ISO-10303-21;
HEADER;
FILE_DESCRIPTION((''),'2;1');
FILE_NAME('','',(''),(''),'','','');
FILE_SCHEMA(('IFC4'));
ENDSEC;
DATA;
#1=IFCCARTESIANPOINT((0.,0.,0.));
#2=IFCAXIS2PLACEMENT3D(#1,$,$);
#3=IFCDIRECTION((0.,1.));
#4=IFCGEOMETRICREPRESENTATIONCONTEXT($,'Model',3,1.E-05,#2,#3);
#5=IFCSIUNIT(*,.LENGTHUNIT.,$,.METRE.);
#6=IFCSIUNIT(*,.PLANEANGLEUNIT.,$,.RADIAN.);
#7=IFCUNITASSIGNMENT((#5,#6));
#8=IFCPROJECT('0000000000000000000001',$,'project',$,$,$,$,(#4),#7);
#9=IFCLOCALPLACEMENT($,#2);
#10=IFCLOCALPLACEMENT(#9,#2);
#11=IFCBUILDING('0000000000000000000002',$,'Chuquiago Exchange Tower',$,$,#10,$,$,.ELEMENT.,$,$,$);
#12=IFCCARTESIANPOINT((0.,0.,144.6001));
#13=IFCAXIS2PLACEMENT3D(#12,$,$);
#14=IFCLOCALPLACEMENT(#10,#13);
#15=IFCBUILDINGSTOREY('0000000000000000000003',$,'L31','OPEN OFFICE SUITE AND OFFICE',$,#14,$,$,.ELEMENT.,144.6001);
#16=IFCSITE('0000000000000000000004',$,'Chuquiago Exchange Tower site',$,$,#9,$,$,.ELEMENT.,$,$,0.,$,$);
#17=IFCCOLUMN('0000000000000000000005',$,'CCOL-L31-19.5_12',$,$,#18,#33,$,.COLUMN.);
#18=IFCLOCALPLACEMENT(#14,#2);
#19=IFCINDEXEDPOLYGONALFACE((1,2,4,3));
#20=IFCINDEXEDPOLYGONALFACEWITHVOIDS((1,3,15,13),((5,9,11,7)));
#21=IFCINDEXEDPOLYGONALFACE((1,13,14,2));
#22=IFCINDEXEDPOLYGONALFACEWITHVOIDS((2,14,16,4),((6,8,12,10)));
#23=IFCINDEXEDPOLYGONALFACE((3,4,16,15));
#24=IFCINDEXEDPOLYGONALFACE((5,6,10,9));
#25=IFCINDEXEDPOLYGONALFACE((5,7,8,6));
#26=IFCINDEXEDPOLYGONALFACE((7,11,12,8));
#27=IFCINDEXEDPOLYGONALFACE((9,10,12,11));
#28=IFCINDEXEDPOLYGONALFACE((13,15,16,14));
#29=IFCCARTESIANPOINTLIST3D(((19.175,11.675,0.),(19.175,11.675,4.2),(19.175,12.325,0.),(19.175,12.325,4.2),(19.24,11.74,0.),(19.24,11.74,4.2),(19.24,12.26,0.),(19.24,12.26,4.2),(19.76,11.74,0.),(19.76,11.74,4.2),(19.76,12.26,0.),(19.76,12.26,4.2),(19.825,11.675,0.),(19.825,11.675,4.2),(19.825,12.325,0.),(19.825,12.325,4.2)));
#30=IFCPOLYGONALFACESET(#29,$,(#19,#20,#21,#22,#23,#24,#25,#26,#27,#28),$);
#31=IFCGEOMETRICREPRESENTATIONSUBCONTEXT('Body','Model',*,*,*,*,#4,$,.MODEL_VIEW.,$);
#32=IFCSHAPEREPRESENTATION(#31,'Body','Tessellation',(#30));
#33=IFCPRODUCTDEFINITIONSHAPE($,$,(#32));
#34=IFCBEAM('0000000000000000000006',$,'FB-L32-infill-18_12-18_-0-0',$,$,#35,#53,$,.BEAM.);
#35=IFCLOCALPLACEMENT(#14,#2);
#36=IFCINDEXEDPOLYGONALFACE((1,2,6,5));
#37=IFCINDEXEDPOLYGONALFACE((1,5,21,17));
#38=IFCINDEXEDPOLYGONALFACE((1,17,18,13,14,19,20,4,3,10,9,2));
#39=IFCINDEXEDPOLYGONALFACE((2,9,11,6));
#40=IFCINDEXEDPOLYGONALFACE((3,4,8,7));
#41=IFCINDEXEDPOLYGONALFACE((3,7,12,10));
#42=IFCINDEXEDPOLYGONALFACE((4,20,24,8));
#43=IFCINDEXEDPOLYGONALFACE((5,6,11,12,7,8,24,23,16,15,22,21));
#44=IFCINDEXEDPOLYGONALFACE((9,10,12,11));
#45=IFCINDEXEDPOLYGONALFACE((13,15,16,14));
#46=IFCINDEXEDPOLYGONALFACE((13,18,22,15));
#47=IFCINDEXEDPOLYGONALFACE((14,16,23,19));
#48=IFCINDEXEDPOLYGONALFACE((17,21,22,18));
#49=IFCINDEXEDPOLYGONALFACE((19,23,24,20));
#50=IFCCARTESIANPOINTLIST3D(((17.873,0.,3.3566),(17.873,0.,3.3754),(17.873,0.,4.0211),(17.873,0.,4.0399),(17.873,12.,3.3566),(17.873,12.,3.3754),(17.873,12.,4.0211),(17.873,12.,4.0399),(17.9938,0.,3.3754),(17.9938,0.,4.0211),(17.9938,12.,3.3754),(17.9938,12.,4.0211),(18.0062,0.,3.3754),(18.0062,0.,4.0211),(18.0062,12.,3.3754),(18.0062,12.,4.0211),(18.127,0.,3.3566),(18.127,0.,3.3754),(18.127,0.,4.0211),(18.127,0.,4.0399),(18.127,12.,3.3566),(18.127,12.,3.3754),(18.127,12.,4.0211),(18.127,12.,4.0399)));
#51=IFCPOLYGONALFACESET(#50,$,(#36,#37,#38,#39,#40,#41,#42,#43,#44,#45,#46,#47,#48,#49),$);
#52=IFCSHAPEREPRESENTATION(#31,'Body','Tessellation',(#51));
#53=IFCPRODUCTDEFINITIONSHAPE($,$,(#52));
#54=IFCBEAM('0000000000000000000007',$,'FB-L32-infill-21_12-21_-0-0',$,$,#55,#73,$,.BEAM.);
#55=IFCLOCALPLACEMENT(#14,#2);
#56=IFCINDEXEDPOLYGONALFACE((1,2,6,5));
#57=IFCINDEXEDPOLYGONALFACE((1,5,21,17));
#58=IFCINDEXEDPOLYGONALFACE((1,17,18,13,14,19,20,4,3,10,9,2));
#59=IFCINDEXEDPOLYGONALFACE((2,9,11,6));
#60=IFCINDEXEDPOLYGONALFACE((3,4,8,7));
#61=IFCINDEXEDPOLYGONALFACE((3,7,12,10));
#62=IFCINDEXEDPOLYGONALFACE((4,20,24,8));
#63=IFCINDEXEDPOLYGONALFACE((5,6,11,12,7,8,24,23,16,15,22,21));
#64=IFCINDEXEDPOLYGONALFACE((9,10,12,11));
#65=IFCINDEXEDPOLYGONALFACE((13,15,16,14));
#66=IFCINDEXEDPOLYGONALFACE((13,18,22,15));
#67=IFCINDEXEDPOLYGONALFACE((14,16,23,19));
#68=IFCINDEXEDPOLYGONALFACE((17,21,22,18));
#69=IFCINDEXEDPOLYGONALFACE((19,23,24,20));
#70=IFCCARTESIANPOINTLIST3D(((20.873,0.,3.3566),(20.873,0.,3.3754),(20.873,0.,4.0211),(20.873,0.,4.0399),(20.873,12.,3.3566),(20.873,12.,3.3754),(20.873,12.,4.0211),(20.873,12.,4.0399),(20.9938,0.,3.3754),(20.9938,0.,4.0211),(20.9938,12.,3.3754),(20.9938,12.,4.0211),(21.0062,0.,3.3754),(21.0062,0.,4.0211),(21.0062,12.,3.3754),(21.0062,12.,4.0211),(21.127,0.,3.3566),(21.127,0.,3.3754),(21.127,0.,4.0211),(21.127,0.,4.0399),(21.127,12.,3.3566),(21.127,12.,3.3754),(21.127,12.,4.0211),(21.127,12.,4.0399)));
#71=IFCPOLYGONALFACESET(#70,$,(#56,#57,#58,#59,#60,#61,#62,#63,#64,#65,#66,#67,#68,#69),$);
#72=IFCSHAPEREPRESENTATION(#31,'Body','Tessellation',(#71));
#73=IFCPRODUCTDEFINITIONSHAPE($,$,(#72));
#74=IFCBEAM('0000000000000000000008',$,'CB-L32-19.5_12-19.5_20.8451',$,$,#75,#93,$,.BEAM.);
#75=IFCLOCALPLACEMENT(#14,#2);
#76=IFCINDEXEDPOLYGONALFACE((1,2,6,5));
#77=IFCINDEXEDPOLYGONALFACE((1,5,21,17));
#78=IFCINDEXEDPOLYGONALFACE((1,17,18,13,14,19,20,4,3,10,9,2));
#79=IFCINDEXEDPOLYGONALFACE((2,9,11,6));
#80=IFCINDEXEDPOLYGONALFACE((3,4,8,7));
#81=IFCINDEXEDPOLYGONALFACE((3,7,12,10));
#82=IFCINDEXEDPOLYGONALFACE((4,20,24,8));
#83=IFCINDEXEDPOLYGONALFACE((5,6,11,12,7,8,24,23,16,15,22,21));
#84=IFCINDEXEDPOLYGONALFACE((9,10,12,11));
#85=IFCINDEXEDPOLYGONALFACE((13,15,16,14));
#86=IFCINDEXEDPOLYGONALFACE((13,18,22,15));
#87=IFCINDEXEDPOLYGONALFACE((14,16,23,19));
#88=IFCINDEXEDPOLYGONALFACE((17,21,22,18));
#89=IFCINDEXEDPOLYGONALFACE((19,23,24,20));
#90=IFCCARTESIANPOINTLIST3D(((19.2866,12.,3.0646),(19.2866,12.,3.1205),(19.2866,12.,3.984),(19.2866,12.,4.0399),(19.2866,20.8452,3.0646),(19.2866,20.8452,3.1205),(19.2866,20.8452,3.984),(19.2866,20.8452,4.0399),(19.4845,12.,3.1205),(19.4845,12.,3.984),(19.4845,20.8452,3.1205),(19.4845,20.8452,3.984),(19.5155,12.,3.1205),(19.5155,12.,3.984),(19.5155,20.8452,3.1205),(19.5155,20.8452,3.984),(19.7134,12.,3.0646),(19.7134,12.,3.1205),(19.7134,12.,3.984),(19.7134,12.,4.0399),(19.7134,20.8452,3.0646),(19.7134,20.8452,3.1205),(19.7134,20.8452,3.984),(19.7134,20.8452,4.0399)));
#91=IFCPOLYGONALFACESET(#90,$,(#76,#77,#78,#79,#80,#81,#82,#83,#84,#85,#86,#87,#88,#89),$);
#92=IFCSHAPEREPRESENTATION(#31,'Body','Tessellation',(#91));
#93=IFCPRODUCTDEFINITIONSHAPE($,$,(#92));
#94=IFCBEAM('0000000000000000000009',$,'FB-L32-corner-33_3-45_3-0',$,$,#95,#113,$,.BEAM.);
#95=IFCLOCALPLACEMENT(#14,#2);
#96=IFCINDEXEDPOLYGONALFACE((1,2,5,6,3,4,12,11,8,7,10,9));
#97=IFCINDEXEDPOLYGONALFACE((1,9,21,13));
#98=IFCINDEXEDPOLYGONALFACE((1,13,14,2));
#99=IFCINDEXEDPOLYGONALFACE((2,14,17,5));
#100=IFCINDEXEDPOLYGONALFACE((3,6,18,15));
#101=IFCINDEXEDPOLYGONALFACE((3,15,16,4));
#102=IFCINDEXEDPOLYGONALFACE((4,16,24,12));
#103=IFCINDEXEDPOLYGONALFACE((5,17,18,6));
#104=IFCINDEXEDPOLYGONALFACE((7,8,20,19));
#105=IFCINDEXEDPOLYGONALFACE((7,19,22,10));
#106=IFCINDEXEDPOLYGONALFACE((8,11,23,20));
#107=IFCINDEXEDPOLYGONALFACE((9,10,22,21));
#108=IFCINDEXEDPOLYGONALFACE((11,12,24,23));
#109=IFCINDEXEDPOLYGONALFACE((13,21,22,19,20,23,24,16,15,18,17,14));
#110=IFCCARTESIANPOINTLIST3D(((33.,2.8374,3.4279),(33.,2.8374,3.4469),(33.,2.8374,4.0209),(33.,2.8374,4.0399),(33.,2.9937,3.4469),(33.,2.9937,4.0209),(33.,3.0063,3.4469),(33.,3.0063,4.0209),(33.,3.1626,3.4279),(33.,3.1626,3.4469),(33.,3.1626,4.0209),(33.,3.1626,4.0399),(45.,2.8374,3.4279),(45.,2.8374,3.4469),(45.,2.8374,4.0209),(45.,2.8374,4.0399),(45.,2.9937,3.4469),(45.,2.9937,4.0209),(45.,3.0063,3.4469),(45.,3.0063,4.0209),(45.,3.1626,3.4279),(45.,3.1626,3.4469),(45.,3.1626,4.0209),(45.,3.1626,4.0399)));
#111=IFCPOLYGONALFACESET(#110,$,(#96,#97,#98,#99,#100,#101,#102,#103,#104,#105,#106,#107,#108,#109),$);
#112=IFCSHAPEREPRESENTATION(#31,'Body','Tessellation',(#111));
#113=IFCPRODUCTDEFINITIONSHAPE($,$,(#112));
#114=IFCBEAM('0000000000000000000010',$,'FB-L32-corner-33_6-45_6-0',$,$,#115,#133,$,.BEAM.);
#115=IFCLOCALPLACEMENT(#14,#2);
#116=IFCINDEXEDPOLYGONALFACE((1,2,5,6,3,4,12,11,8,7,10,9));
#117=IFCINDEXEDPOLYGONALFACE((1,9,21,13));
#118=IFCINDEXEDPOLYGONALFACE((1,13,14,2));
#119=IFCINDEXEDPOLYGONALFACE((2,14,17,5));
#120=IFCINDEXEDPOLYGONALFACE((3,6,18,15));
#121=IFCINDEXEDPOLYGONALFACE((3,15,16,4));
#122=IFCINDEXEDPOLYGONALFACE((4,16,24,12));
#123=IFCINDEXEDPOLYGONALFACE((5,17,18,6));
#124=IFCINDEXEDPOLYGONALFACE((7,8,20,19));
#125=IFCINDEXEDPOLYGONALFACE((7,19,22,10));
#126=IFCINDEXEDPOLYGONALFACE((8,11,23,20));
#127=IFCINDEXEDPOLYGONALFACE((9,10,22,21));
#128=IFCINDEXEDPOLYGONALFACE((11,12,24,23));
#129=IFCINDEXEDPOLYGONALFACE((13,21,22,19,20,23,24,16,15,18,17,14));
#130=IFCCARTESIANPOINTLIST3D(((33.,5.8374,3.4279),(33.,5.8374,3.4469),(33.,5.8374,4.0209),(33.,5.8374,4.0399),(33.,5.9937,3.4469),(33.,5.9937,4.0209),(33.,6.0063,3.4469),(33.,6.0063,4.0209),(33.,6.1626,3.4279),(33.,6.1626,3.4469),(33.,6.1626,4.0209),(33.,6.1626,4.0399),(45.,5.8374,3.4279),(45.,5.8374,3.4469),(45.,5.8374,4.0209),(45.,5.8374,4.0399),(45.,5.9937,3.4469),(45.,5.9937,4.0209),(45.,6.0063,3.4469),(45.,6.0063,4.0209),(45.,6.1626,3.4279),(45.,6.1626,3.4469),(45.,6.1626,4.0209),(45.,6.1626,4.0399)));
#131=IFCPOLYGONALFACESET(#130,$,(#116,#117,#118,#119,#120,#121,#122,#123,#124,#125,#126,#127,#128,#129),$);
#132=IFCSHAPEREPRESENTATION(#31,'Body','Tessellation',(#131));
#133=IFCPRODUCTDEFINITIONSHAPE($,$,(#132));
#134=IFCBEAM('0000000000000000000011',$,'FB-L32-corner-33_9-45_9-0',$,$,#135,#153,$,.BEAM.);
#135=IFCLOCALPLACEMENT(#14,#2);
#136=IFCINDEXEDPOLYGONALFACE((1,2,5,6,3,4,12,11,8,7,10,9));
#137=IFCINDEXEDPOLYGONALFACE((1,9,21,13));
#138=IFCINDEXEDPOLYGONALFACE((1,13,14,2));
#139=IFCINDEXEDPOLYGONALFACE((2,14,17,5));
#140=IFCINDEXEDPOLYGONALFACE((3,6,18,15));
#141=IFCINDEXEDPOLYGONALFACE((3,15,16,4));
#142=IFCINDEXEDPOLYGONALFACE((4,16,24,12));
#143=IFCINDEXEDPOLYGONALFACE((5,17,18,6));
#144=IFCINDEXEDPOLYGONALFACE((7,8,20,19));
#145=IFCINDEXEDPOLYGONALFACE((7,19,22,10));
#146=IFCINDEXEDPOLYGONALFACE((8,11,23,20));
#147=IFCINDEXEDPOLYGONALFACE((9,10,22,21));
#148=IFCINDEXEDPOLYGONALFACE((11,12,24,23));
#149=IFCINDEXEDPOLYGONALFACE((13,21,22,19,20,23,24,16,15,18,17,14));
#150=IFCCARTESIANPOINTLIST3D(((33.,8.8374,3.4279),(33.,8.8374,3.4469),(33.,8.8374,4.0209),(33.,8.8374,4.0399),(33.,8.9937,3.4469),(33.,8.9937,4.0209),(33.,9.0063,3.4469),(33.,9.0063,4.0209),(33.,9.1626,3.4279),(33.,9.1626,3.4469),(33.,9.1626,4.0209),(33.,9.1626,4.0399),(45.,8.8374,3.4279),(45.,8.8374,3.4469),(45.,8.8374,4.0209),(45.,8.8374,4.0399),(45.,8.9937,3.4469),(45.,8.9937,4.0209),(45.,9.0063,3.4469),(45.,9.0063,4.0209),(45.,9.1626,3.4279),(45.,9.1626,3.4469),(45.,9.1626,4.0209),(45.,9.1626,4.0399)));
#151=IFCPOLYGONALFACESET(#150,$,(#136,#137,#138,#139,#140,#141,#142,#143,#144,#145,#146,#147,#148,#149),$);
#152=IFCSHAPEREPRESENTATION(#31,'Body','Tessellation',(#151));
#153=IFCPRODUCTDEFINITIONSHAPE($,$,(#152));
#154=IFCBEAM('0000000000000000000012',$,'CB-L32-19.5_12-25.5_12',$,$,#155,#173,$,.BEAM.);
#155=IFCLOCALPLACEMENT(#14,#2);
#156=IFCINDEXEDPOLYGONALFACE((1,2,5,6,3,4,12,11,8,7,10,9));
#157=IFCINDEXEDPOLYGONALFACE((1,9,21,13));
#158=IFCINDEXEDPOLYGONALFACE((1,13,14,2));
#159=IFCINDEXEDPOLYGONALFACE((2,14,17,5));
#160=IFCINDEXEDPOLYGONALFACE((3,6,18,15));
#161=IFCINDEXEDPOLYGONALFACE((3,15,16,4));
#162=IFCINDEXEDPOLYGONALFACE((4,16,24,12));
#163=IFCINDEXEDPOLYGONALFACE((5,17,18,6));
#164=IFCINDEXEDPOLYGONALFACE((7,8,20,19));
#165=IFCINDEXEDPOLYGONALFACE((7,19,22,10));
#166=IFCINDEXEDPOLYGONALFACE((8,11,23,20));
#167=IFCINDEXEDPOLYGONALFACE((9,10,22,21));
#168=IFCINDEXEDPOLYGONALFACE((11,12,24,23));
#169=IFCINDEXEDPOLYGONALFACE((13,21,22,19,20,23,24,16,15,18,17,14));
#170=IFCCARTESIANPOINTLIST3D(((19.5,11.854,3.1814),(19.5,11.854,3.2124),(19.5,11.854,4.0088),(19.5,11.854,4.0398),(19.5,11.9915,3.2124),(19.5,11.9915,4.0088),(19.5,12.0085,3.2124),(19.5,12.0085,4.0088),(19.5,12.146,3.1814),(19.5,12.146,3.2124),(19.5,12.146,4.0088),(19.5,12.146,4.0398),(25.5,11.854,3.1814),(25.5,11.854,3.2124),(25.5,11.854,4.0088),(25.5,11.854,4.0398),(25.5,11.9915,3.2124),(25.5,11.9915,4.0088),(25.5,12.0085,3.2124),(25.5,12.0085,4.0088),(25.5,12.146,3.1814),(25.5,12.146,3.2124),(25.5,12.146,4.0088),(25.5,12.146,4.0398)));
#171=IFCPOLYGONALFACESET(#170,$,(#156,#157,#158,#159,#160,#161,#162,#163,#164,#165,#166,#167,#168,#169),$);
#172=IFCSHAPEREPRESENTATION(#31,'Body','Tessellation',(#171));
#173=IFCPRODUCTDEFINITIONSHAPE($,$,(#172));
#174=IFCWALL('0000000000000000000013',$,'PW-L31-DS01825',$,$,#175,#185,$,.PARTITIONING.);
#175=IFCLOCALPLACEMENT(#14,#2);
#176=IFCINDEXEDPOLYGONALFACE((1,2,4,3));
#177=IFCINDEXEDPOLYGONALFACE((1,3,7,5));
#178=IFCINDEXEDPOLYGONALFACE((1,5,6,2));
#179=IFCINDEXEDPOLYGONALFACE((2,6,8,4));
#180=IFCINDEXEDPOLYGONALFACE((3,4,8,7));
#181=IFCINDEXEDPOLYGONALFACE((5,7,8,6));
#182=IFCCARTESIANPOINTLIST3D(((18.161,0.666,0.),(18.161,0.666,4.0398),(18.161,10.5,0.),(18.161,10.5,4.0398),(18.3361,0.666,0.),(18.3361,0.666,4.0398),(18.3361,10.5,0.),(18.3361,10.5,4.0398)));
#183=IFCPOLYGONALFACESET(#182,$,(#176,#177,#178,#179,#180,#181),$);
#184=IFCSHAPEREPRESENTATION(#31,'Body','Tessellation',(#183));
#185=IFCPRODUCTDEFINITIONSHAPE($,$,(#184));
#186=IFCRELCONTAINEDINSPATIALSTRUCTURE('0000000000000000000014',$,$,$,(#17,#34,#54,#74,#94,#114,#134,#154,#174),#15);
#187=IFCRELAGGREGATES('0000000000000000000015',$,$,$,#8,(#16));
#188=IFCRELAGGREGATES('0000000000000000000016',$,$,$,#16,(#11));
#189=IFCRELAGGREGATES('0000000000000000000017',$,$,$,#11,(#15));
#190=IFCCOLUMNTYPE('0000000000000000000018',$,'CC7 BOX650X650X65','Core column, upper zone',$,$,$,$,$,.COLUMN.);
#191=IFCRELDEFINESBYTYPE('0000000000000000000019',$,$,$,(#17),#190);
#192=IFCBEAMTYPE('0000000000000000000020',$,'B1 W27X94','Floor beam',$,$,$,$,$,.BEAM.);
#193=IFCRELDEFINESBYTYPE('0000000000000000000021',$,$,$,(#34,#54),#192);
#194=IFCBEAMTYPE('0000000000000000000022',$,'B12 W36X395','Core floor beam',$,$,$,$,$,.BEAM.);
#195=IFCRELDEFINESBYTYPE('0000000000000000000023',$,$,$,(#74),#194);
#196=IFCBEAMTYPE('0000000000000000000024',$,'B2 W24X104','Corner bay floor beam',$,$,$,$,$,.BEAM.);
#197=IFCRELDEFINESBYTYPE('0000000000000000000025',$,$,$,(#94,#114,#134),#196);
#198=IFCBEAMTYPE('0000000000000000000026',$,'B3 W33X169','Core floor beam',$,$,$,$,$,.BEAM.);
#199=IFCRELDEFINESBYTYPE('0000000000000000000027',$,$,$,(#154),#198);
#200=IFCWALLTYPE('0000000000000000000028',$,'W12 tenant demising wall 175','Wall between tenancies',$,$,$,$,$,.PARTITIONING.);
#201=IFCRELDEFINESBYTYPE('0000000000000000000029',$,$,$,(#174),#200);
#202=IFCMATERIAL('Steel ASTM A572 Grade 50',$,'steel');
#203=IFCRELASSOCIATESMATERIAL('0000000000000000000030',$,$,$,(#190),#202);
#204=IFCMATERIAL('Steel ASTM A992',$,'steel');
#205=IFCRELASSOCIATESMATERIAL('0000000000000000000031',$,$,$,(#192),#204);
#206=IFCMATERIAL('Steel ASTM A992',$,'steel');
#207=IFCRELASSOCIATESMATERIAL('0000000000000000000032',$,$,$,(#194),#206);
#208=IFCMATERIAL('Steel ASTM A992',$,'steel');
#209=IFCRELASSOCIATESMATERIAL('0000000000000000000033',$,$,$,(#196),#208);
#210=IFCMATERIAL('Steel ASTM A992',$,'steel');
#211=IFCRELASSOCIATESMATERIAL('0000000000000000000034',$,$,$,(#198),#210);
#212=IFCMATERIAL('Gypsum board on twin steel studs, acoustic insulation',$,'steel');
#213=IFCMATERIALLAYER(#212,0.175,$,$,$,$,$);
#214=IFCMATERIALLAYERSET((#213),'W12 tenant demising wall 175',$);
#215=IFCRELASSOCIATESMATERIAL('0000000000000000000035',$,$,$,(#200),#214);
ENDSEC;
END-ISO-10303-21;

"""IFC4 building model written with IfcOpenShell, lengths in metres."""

from ifc_helpers import new_model, si_unit, direction, frame, frame_2d, origin, origin_2d, place, context, subcontext, project, spatial, rectangle, hollow_rectangle, i_section, extrude, material, layer, layer_set, material_profile, profile_set, type_object, element, save


model = new_model("IFC4")

# Units and contexts
model_context = context("Model", 3, precision=1e-05, world=origin(), true_north=direction((0.0, 1.0)))
body_context = subcontext(model_context, "Body", "Model", "MODEL_VIEW")
ifc_project = project(units=[si_unit("LENGTHUNIT", "METRE"), si_unit("PLANEANGLEUNIT", "RADIAN")], contexts=[model_context])

# Site, building, storey
site_placement = place(None, origin())
site = spatial("IfcSite", under=ifc_project, at=site_placement, Name="Chuquiago Exchange Tower site", CompositionType="ELEMENT", RefElevation=0.0)
building_placement = place(site_placement, origin())
building = spatial("IfcBuilding", under=site, at=building_placement, Name="Chuquiago Exchange Tower", CompositionType="ELEMENT")
storey_placement = place(building_placement, frame((0.0, 0.0, 144.6001)))
storey = spatial("IfcBuildingStorey", under=building, at=storey_placement, Name="L31", Description="OPEN OFFICE SUITE AND OFFICE", CompositionType="ELEMENT", Elevation=144.6001)

# Column
ifc_material_1 = material(Name="Steel ASTM A572 Grade 50", Category="steel")
ifc_material_profile_1 = material_profile(ifc_material_1, hollow_rectangle(XDim=0.6499, YDim=0.6499, WallThickness=0.0649, at=origin_2d()), Name="BOX650X650X65")
ifc_profile_set_1 = profile_set([ifc_material_profile_1], Name="Steel ASTM A572 Grade 50")
column_type = type_object("IfcColumnType", Name="CC7 BOX650X650X65", Description="Core column, upper zone", PredefinedType="COLUMN", material=ifc_profile_set_1)
column_placement = place(storey_placement, frame((19.5, 12.0, 0.0), z_axis=(0.0, 0.0, 1.0), x_axis=(1.0, 0.0, 0.0)))
element("IfcColumn", 1, at=column_placement, inside=storey, type_object=column_type, Name="CCOL-L31-19.5_12", PredefinedType="COLUMN", context=body_context, shape_type="SweptSolid", body=[
    extrude(hollow_rectangle(XDim=0.6499, YDim=0.6499, WallThickness=0.0649, at=origin_2d()), origin(), (0.0, 0.0, 1.0), 4.2),
])

# Beams
ifc_material_2 = material(Name="Steel ASTM A992", Category="steel")
ifc_material_profile_2 = material_profile(ifc_material_2, i_section(OverallWidth=0.2539, OverallDepth=0.6833, WebThickness=0.0125, FlangeThickness=0.0188, at=origin_2d()), Name="W27X94")
ifc_profile_set_2 = profile_set([ifc_material_profile_2], Name="Steel ASTM A992")
beam_type_1 = type_object("IfcBeamType", Name="B1 W27X94", Description="Floor beam", PredefinedType="BEAM", material=ifc_profile_set_2)
for number, where, z_axis, x_axis, name in (
    (2, (18.0, 12.0, 3.6982), (0.0, -1.0, 0.0), (1.0, 0.0, 0.0), "FB-L32-infill-18_12-18_-0-0"),
    (3, (21.0, 12.0, 3.6982), (0.0, -1.0, 0.0), (1.0, 0.0, 0.0), "FB-L32-infill-21_12-21_-0-0"),
):
    element("IfcBeam", number, at=place(storey_placement, frame(where, z_axis=z_axis, x_axis=x_axis)), inside=storey, type_object=beam_type_1, Name=name, PredefinedType="BEAM", context=body_context, shape_type="SweptSolid", body=[
        extrude(i_section(OverallWidth=0.2539, OverallDepth=0.6833, WebThickness=0.0125, FlangeThickness=0.0188, at=origin_2d()), origin(), (0.0, 0.0, 1.0), 12.0),
    ])
ifc_material_3 = material(Name="Steel ASTM A992", Category="steel")
ifc_material_profile_3 = material_profile(ifc_material_3, i_section(OverallWidth=0.4268, OverallDepth=0.9753, WebThickness=0.031, FlangeThickness=0.0559, at=origin_2d()), Name="W36X395")
ifc_profile_set_3 = profile_set([ifc_material_profile_3], Name="Steel ASTM A992")
beam_type_2 = type_object("IfcBeamType", Name="B12 W36X395", Description="Core floor beam", PredefinedType="BEAM", material=ifc_profile_set_3)
beam_1_placement = place(storey_placement, frame((19.5, 12.0, 3.5522), z_axis=(0.0, 1.0, 0.0), x_axis=(-1.0, 0.0, 0.0)))
element("IfcBeam", 4, at=beam_1_placement, inside=storey, type_object=beam_type_2, Name="CB-L32-19.5_12-19.5_20.8451", PredefinedType="BEAM", context=body_context, shape_type="SweptSolid", body=[
    extrude(i_section(OverallWidth=0.4268, OverallDepth=0.9753, WebThickness=0.031, FlangeThickness=0.0559, at=origin_2d()), origin(), (0.0, 0.0, 1.0), 8.8452),
])
ifc_material_4 = material(Name="Steel ASTM A992", Category="steel")
ifc_material_profile_4 = material_profile(ifc_material_4, i_section(OverallWidth=0.3252, OverallDepth=0.6121, WebThickness=0.0127, FlangeThickness=0.019, at=origin_2d()), Name="W24X104")
ifc_profile_set_4 = profile_set([ifc_material_profile_4], Name="Steel ASTM A992")
beam_type_3 = type_object("IfcBeamType", Name="B2 W24X104", Description="Corner bay floor beam", PredefinedType="BEAM", material=ifc_profile_set_4)
for number, where, z_axis, x_axis, name in (
    (5, (33.0, 3.0, 3.7339), (1.0, 0.0, 0.0), (0.0, 1.0, 0.0), "FB-L32-corner-33_3-45_3-0"),
    (6, (33.0, 6.0, 3.7339), (1.0, 0.0, 0.0), (0.0, 1.0, 0.0), "FB-L32-corner-33_6-45_6-0"),
    (7, (33.0, 9.0, 3.7339), (1.0, 0.0, 0.0), (0.0, 1.0, 0.0), "FB-L32-corner-33_9-45_9-0"),
):
    element("IfcBeam", number, at=place(storey_placement, frame(where, z_axis=z_axis, x_axis=x_axis)), inside=storey, type_object=beam_type_3, Name=name, PredefinedType="BEAM", context=body_context, shape_type="SweptSolid", body=[
        extrude(i_section(OverallWidth=0.3252, OverallDepth=0.6121, WebThickness=0.0127, FlangeThickness=0.019, at=origin_2d()), origin(), (0.0, 0.0, 1.0), 12.0),
    ])
ifc_material_5 = material(Name="Steel ASTM A992", Category="steel")
ifc_material_profile_5 = material_profile(ifc_material_5, i_section(OverallWidth=0.292, OverallDepth=0.8584, WebThickness=0.0171, FlangeThickness=0.031, at=origin_2d()), Name="W33X169")
ifc_profile_set_5 = profile_set([ifc_material_profile_5], Name="Steel ASTM A992")
beam_type_4 = type_object("IfcBeamType", Name="B3 W33X169", Description="Core floor beam", PredefinedType="BEAM", material=ifc_profile_set_5)
beam_2_placement = place(storey_placement, frame((19.5, 12.0, 3.6106), z_axis=(1.0, 0.0, 0.0), x_axis=(0.0, 1.0, 0.0)))
element("IfcBeam", 8, at=beam_2_placement, inside=storey, type_object=beam_type_4, Name="CB-L32-19.5_12-25.5_12", PredefinedType="BEAM", context=body_context, shape_type="SweptSolid", body=[
    extrude(i_section(OverallWidth=0.292, OverallDepth=0.8584, WebThickness=0.0171, FlangeThickness=0.031, at=origin_2d()), origin(), (0.0, 0.0, 1.0), 6.0),
])

# Wall
ifc_material_6 = material(Name="Gypsum board on twin steel studs, acoustic insulation", Category="steel")
ifc_layer_1 = layer(ifc_material_6, 0.175)
ifc_layer_set_1 = layer_set([ifc_layer_1], Name="W12 tenant demising wall 175")
wall_type_1 = type_object("IfcWallType", Name="W12 tenant demising wall 175", Description="Wall between tenancies", PredefinedType="PARTITIONING", material=ifc_layer_set_1)
wall_1_placement = place(storey_placement, frame((18.2485, 0.666, 0.0), z_axis=(0.0, 0.0, 1.0), x_axis=(0.0, 1.0, 0.0)))
element("IfcWall", 9, at=wall_1_placement, inside=storey, type_object=wall_type_1, Name="PW-L31-DS01825", PredefinedType="PARTITIONING", context=body_context, shape_type="SweptSolid", body=[
    extrude(rectangle(XDim=9.834, YDim=0.175, at=frame_2d((4.917, 0.0))), origin(), (0.0, 0.0, 1.0), 4.0398),
])

save(model, "model.ifc")
